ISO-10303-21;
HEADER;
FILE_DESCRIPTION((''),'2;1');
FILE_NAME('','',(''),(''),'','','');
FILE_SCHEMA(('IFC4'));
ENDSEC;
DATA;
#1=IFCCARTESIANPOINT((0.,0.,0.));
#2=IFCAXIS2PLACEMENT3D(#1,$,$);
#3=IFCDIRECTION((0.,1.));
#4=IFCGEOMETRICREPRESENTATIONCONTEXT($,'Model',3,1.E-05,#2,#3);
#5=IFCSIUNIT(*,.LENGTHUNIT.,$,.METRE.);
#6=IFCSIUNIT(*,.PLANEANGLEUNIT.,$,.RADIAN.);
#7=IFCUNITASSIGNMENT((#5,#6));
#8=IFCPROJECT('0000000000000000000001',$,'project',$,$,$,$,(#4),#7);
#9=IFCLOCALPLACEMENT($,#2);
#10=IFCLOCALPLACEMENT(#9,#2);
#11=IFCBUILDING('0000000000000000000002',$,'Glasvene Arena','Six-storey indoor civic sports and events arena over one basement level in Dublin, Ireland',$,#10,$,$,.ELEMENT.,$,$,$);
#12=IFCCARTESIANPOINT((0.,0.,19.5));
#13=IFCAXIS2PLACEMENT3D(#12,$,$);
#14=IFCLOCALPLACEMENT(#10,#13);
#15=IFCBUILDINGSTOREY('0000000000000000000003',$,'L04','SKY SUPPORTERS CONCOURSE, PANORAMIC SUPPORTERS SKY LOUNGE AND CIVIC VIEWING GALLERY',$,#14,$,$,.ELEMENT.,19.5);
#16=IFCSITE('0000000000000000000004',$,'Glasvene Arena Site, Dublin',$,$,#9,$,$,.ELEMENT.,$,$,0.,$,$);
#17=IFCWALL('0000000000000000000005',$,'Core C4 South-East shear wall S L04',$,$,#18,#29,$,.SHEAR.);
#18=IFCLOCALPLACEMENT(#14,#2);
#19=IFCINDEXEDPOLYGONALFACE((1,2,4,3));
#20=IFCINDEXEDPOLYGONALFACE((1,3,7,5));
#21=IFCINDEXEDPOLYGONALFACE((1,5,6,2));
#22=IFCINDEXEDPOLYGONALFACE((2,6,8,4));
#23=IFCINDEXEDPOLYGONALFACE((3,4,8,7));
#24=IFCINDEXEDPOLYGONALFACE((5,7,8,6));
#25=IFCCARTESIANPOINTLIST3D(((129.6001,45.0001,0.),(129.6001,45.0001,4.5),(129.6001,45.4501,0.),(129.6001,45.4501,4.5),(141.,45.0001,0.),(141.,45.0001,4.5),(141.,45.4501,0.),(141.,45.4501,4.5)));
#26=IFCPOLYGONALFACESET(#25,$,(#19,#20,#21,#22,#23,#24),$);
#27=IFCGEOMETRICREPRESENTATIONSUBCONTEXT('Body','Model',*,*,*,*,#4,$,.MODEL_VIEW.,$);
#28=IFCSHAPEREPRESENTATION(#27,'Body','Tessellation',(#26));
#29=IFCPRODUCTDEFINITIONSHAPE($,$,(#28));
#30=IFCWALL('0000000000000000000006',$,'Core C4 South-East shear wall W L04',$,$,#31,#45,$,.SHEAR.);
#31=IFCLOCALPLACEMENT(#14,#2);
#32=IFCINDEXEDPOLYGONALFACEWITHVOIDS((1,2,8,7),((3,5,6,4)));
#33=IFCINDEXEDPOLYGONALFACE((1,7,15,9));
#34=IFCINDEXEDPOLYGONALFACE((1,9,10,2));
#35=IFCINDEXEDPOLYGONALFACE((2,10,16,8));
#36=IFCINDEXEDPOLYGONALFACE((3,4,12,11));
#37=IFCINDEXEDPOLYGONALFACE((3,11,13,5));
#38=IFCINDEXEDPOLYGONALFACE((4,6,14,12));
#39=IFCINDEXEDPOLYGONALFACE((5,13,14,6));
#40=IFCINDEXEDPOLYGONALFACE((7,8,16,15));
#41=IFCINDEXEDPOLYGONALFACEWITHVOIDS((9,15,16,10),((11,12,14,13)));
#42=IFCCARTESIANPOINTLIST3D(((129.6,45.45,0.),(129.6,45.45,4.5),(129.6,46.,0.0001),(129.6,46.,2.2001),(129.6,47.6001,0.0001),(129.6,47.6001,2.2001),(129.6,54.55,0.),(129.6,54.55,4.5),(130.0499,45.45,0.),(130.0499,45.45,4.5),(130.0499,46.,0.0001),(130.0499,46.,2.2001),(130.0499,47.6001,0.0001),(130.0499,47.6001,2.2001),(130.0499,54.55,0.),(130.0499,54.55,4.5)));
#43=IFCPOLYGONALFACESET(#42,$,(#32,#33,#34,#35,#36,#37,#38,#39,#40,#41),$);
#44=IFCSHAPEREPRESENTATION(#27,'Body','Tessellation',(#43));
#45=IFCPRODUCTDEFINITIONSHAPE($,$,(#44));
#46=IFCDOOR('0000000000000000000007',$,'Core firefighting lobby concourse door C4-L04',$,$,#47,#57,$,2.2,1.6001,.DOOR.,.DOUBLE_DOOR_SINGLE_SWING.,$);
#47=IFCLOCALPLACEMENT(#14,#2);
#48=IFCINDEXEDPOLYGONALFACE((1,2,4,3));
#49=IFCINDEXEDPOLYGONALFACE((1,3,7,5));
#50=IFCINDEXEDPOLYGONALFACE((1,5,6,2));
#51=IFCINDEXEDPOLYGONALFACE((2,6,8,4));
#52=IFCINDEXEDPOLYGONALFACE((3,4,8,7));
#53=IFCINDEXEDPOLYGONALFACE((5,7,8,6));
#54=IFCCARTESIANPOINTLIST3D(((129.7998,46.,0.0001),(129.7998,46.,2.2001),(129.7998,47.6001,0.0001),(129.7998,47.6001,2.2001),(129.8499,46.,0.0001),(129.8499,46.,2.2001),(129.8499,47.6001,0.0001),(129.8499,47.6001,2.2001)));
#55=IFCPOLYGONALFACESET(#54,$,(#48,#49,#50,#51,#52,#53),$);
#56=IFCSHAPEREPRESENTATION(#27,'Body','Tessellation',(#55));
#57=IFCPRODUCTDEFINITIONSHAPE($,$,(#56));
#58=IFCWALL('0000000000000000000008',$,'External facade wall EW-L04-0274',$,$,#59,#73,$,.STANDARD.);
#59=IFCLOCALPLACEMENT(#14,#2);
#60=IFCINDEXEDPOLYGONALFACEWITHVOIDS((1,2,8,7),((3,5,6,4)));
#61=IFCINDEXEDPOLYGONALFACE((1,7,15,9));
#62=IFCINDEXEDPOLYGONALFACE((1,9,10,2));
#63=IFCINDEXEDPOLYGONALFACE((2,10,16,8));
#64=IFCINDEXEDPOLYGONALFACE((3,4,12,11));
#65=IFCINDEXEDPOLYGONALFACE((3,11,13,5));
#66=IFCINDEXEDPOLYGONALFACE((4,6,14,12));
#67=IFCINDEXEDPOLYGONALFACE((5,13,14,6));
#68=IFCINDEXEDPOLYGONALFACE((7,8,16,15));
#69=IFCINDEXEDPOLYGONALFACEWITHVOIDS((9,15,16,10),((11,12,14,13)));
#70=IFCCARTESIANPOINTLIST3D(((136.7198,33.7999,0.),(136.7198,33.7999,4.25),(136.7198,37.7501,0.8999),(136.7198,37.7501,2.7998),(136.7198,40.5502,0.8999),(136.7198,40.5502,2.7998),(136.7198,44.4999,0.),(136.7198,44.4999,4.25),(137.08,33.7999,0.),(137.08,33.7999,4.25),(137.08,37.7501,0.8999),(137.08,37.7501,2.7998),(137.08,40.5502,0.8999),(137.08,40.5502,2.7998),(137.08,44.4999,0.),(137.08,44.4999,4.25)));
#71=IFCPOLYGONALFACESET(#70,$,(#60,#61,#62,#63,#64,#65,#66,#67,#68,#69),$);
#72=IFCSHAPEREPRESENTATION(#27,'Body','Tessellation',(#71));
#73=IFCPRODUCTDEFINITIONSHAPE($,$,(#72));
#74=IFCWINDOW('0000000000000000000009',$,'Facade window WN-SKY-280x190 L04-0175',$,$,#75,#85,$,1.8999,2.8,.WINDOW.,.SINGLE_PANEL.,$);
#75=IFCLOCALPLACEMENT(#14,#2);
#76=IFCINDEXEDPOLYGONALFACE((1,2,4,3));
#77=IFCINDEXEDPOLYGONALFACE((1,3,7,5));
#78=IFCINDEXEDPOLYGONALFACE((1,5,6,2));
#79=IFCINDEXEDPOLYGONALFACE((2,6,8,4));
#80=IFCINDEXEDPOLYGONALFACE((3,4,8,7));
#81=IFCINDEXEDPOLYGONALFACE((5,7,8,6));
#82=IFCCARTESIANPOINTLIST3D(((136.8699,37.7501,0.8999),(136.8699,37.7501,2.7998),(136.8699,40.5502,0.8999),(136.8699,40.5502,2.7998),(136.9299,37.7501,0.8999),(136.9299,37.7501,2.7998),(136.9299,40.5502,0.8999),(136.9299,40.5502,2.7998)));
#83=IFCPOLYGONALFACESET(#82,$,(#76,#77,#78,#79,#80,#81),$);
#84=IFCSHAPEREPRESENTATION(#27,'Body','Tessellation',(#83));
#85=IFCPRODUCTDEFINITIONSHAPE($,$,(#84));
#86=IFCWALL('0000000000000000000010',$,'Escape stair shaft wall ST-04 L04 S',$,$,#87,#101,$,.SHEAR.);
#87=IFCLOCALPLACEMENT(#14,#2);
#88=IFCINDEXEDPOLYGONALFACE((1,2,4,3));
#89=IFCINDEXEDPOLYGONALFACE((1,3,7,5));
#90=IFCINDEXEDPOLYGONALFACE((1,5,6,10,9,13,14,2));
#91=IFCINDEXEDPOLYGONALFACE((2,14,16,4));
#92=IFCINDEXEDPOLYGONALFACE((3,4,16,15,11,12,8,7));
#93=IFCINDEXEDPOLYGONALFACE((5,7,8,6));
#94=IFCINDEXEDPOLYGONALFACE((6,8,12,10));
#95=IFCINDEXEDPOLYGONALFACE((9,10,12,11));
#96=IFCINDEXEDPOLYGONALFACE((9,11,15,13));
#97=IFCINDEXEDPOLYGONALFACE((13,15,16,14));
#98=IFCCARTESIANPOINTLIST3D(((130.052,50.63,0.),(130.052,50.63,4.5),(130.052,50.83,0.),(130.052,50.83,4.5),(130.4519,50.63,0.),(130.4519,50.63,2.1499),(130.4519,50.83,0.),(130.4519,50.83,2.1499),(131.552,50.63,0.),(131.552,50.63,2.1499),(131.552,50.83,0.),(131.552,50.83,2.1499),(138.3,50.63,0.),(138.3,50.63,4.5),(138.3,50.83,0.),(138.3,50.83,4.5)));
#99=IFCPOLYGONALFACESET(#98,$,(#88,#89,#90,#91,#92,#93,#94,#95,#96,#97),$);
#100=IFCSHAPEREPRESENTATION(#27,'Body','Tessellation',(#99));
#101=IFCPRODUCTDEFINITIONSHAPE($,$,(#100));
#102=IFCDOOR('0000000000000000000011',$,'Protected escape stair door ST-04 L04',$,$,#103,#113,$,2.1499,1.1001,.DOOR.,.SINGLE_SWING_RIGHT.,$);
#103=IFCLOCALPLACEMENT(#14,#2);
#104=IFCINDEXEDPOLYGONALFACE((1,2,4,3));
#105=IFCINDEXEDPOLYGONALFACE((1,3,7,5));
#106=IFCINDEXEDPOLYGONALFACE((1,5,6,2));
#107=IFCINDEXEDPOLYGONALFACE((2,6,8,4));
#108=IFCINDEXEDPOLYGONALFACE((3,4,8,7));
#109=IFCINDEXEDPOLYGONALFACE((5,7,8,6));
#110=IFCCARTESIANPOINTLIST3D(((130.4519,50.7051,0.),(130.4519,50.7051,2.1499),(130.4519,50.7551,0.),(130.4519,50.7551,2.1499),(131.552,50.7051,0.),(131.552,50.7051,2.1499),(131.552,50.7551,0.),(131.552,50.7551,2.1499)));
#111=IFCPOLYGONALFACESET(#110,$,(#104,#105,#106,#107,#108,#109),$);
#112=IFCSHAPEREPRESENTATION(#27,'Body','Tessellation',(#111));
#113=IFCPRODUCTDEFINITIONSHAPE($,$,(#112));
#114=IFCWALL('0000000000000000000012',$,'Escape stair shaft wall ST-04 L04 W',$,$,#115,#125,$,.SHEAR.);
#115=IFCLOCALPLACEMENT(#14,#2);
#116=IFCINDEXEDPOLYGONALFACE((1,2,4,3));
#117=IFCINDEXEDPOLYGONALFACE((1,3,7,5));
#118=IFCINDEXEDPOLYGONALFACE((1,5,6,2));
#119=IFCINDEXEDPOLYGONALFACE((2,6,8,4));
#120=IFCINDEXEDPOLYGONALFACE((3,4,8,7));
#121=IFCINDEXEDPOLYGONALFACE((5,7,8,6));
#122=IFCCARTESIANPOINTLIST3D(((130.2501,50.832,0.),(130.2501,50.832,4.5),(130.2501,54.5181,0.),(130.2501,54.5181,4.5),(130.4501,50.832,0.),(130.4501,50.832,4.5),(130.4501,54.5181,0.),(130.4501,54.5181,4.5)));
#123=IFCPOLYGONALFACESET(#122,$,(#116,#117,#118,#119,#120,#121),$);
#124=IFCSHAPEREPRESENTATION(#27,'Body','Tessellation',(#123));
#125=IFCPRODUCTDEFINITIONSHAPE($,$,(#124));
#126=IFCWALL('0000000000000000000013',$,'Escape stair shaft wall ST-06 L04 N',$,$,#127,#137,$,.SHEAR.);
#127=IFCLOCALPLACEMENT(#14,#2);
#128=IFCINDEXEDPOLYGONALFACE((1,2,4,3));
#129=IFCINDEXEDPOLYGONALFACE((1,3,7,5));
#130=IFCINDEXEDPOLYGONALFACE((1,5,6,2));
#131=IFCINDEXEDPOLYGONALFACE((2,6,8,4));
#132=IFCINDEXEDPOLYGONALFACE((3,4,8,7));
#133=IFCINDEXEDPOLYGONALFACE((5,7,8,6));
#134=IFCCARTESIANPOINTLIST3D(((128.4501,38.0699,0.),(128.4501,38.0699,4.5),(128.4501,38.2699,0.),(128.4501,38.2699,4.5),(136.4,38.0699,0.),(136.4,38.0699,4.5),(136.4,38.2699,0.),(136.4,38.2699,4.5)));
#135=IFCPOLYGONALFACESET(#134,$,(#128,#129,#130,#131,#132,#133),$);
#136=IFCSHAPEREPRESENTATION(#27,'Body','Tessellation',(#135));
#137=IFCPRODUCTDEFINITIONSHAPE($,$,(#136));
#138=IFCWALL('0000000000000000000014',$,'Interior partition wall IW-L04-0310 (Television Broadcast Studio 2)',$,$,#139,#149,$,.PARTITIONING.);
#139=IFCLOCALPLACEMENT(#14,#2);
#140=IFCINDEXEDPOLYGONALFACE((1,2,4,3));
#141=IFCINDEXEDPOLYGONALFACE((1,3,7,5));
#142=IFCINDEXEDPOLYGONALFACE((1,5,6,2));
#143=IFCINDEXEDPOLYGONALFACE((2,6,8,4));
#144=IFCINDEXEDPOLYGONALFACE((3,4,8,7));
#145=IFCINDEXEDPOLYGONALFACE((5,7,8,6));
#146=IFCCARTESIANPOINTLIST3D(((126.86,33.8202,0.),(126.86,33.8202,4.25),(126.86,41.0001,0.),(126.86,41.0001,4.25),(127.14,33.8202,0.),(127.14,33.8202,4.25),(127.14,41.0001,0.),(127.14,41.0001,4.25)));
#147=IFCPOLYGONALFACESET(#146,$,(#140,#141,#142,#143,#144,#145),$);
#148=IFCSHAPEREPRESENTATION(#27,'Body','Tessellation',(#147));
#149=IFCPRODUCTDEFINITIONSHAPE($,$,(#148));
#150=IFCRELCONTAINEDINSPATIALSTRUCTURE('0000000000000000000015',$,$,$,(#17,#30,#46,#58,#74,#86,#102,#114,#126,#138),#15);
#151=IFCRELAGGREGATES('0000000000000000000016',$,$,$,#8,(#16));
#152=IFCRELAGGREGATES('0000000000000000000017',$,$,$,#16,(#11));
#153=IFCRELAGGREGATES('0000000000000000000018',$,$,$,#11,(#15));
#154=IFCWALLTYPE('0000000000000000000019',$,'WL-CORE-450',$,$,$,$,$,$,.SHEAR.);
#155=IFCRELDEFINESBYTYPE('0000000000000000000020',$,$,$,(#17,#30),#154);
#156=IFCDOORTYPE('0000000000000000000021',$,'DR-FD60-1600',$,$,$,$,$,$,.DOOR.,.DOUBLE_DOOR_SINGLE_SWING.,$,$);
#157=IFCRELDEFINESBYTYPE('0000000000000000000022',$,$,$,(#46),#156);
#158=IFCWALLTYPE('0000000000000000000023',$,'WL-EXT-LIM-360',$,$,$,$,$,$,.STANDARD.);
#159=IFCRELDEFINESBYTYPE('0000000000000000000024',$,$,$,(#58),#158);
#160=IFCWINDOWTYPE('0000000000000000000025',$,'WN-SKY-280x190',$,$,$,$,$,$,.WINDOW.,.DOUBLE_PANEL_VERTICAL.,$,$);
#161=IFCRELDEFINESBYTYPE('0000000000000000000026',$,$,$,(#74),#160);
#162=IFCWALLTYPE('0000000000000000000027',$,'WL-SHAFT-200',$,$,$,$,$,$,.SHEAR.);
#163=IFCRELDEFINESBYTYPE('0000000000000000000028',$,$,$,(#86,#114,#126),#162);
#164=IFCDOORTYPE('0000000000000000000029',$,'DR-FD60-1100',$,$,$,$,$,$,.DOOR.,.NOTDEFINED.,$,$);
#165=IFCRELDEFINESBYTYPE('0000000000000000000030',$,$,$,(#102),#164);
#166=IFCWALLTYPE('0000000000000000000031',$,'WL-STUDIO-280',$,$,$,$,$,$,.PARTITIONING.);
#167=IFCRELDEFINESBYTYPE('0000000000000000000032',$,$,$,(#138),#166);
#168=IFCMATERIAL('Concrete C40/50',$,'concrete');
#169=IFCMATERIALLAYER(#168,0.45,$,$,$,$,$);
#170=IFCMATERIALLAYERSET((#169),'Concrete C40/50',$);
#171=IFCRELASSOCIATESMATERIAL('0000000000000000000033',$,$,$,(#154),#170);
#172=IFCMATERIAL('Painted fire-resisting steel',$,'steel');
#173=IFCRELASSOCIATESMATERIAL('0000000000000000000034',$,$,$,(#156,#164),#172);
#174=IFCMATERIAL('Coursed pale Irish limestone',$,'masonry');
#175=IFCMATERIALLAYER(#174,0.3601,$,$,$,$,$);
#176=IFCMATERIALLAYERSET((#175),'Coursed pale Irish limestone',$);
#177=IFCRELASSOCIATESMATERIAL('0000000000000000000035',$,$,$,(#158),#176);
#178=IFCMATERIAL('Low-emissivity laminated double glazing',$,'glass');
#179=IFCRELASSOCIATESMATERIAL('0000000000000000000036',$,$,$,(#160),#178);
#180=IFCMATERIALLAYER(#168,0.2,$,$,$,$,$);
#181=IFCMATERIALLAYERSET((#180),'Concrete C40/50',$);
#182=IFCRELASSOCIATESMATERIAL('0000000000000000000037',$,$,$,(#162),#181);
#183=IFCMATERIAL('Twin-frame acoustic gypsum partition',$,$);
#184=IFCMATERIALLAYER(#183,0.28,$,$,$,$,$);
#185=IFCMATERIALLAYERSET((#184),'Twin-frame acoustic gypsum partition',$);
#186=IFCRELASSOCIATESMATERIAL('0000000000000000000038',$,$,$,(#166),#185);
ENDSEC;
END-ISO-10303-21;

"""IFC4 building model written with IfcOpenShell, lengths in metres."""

from ifc_helpers import new_model, si_unit, direction, frame, frame_2d, origin, place, context, subcontext, project, spatial, rectangle, extrude, material, layer, layer_set, type_object, element, fill, save


model = new_model("IFC4")

# Units and contexts
model_context = context("Model", 3, precision=1e-05, world=origin(), true_north=direction((0.0, 1.0)))
body_context = subcontext(model_context, "Body", "Model", "MODEL_VIEW")
ifc_project = project(units=[si_unit("LENGTHUNIT", "METRE"), si_unit("PLANEANGLEUNIT", "RADIAN")], contexts=[model_context])

# Site, building, storey
site_placement = place(None, origin())
site = spatial("IfcSite", under=ifc_project, at=site_placement, Name="Glasvene Arena Site, Dublin", CompositionType="ELEMENT", RefElevation=0.0)
building_placement = place(site_placement, origin())
building = spatial("IfcBuilding", under=site, at=building_placement, Name="Glasvene Arena", Description="Six-storey indoor civic sports and events arena over one basement level in Dublin, Ireland", CompositionType="ELEMENT")
storey_placement = place(building_placement, frame((0.0, 0.0, 19.5)))
storey = spatial("IfcBuildingStorey", under=building, at=storey_placement, Name="L04", Description="SKY SUPPORTERS CONCOURSE, PANORAMIC SUPPORTERS SKY LOUNGE AND CIVIC VIEWING GALLERY", CompositionType="ELEMENT", Elevation=19.5)

# Shared definitions
ifc_material_1 = material(Name="Low-emissivity laminated double glazing", Category="glass")

# Shared definitions
ifc_material_2 = material(Name="Concrete C40/50", Category="concrete")

# Wall
ifc_layer_1 = layer(ifc_material_2, 0.45)
ifc_layer_set_1 = layer_set([ifc_layer_1], Name="Concrete C40/50")
wall_type_1 = type_object("IfcWallType", Name="WL-CORE-450", PredefinedType="SHEAR", material=ifc_layer_set_1)
wall_1_placement = place(storey_placement, frame((129.6001, 45.2251, 0.0), z_axis=(0.0, 0.0, 1.0), x_axis=(1.0, 0.0, 0.0)))
element("IfcWall", 1, at=wall_1_placement, inside=storey, type_object=wall_type_1, Name="Core C4 South-East shear wall S L04", PredefinedType="SHEAR", context=body_context, shape_type="SweptSolid", body=[
    extrude(rectangle(XDim=11.3999, YDim=0.45, at=frame_2d((5.7, 0.0))), origin(), (0.0, 0.0, 1.0), 4.5),
])

# Wall, opening, door
wall_2_placement = place(storey_placement, frame((129.825, 45.45, 0.0), z_axis=(0.0, 0.0, 1.0), x_axis=(0.0, 1.0, 0.0)))
wall_2 = element("IfcWall", 2, at=wall_2_placement, inside=storey, type_object=wall_type_1, Name="Core C4 South-East shear wall W L04", PredefinedType="SHEAR", context=body_context, shape_type="SweptSolid", body=[
    extrude(rectangle(XDim=9.1001, YDim=0.45, at=frame_2d((4.55, 0.0))), origin(), (0.0, 0.0, 1.0), 4.5),
])
opening_1_placement = place(wall_2_placement, frame((0.55, 0.0, 0.0)))
opening_1 = element("IfcOpeningElement", 3, at=opening_1_placement, cuts=wall_2, PredefinedType="OPENING", context=body_context, shape_type="SweptSolid", body=[
    extrude(rectangle(XDim=1.6001, YDim=2.2, at=frame_2d((0.8, 1.1001))), frame((0.0, 0.2349, 0.0), z_axis=(0.0, -1.0, 0.0), x_axis=(1.0, 0.0, 0.0)), (0.0, 0.0, 1.0), 0.47),
])
ifc_material_3 = material(Name="Painted fire-resisting steel", Category="steel")
door_type_1 = type_object("IfcDoorType", Name="DR-FD60-1600", OperationType="DOUBLE_DOOR_SINGLE_SWING", PredefinedType="DOOR", material=ifc_material_3)
door_1_placement = place(opening_1_placement, frame((1.6001, 0.0, 0.0), z_axis=(0.0, 0.0, 1.0), x_axis=(-1.0, 0.0, 0.0)))
door_1 = element("IfcDoor", 4, at=door_1_placement, inside=storey, type_object=door_type_1, Name="Core firefighting lobby concourse door C4-L04", OperationType="DOUBLE_DOOR_SINGLE_SWING", OverallHeight=2.2, OverallWidth=1.6001, PredefinedType="DOOR", context=body_context, shape_type="SweptSolid", body=[
    extrude(rectangle(XDim=1.6001, YDim=2.2, at=frame_2d((0.8, 1.1001))), frame((0.0, 0.0249, 0.0), z_axis=(0.0, -1.0, 0.0), x_axis=(1.0, 0.0, 0.0)), (0.0, 0.0, 1.0), 0.05),
])
fill(opening_1, door_1)

# Wall, opening, window
ifc_material_4 = material(Name="Coursed pale Irish limestone", Category="masonry")
ifc_layer_2 = layer(ifc_material_4, 0.3601)
ifc_layer_set_2 = layer_set([ifc_layer_2], Name="Coursed pale Irish limestone")
wall_type_2 = type_object("IfcWallType", Name="WL-EXT-LIM-360", PredefinedType="STANDARD", material=ifc_layer_set_2)
wall_3_placement = place(storey_placement, frame((136.8999, 44.5, 0.0), z_axis=(0.0, 0.0, 1.0), x_axis=(0.0, -1.0, 0.0)))
wall_3 = element("IfcWall", 5, at=wall_3_placement, inside=storey, type_object=wall_type_2, Name="External facade wall EW-L04-0274", PredefinedType="STANDARD", context=body_context, shape_type="SweptSolid", body=[
    extrude(rectangle(XDim=10.7, YDim=0.3601, at=frame_2d((5.3501, 0.0))), origin(), (0.0, 0.0, 1.0), 4.25),
])
opening_2_placement = place(wall_3_placement, frame((3.95, 0.0, 0.8999)))
opening_2 = element("IfcOpeningElement", 6, at=opening_2_placement, cuts=wall_3, PredefinedType="OPENING", context=body_context, shape_type="SweptSolid", body=[
    extrude(rectangle(XDim=2.8, YDim=1.8999, at=frame_2d((1.3999, 0.95))), frame((0.0, 0.1899, 0.0), z_axis=(0.0, -1.0, 0.0), x_axis=(1.0, 0.0, 0.0)), (0.0, 0.0, 1.0), 0.3801),
])
window_type = type_object("IfcWindowType", Name="WN-SKY-280x190", PartitioningType="DOUBLE_PANEL_VERTICAL", PredefinedType="WINDOW", material=ifc_material_1)
window_placement = place(opening_2_placement, origin())
window = element("IfcWindow", 7, at=window_placement, inside=storey, type_object=window_type, Name="Facade window WN-SKY-280x190 L04-0175", OverallHeight=1.8999, OverallWidth=2.8, PartitioningType="SINGLE_PANEL", PredefinedType="WINDOW", context=body_context, shape_type="SweptSolid", body=[
    extrude(rectangle(XDim=2.8, YDim=1.8999, at=frame_2d((1.3999, 0.95))), frame((0.0, 0.03, 0.0), z_axis=(0.0, -1.0, 0.0), x_axis=(1.0, 0.0, 0.0)), (0.0, 0.0, 1.0), 0.0601),
])
fill(opening_2, window)

# Wall, opening, door
ifc_layer_3 = layer(ifc_material_2, 0.2)
ifc_layer_set_3 = layer_set([ifc_layer_3], Name="Concrete C40/50")
wall_type_3 = type_object("IfcWallType", Name="WL-SHAFT-200", PredefinedType="SHEAR", material=ifc_layer_set_3)
wall_4_placement = place(storey_placement, frame((130.052, 50.73, 0.0), z_axis=(0.0, 0.0, 1.0), x_axis=(1.0, 0.0, 0.0)))
wall_4 = element("IfcWall", 8, at=wall_4_placement, inside=storey, type_object=wall_type_3, Name="Escape stair shaft wall ST-04 L04 S", PredefinedType="SHEAR", context=body_context, shape_type="SweptSolid", body=[
    extrude(rectangle(XDim=8.248, YDim=0.2, at=frame_2d((4.124, 0.0))), origin(), (0.0, 0.0, 1.0), 4.5),
])
opening_3_placement = place(wall_4_placement, frame((0.3999, 0.0, 0.0)))
opening_3 = element("IfcOpeningElement", 9, at=opening_3_placement, cuts=wall_4, PredefinedType="OPENING", context=body_context, shape_type="SweptSolid", body=[
    extrude(rectangle(XDim=1.1001, YDim=2.1499, at=frame_2d((0.55, 1.075))), frame((0.0, 0.1099, 0.0), z_axis=(0.0, -1.0, 0.0), x_axis=(1.0, 0.0, 0.0)), (0.0, 0.0, 1.0), 0.22),
])
door_type_2 = type_object("IfcDoorType", Name="DR-FD60-1100", OperationType="NOTDEFINED", PredefinedType="DOOR", material=ifc_material_3)
door_2_placement = place(opening_3_placement, frame((1.1001, 0.0, 0.0), z_axis=(0.0, 0.0, 1.0), x_axis=(-1.0, 0.0, 0.0)))
door_2 = element("IfcDoor", 10, at=door_2_placement, inside=storey, type_object=door_type_2, Name="Protected escape stair door ST-04 L04", OperationType="SINGLE_SWING_RIGHT", OverallHeight=2.1499, OverallWidth=1.1001, PredefinedType="DOOR", context=body_context, shape_type="SweptSolid", body=[
    extrude(rectangle(XDim=1.1001, YDim=2.1499, at=frame_2d((0.55, 1.075))), frame((0.0, 0.0249, 0.0), z_axis=(0.0, -1.0, 0.0), x_axis=(1.0, 0.0, 0.0)), (0.0, 0.0, 1.0), 0.05),
])
fill(opening_3, door_2)

# Walls
wall_5_placement = place(storey_placement, frame((130.3501, 50.832, 0.0), z_axis=(0.0, 0.0, 1.0), x_axis=(0.0, 1.0, 0.0)))
element("IfcWall", 11, at=wall_5_placement, inside=storey, type_object=wall_type_3, Name="Escape stair shaft wall ST-04 L04 W", PredefinedType="SHEAR", context=body_context, shape_type="SweptSolid", body=[
    extrude(rectangle(XDim=3.686, YDim=0.2, at=frame_2d((1.843, 0.0))), origin(), (0.0, 0.0, 1.0), 4.5),
])
wall_6_placement = place(storey_placement, frame((128.45, 38.1699, 0.0), z_axis=(0.0, 0.0, 1.0), x_axis=(1.0, 0.0, 0.0)))
element("IfcWall", 12, at=wall_6_placement, inside=storey, type_object=wall_type_3, Name="Escape stair shaft wall ST-06 L04 N", PredefinedType="SHEAR", context=body_context, shape_type="SweptSolid", body=[
    extrude(rectangle(XDim=7.95, YDim=0.2, at=frame_2d((3.9751, 0.0))), origin(), (0.0, 0.0, 1.0), 4.5),
])
ifc_material_5 = material(Name="Twin-frame acoustic gypsum partition")
ifc_layer_4 = layer(ifc_material_5, 0.28)
ifc_layer_set_4 = layer_set([ifc_layer_4], Name="Twin-frame acoustic gypsum partition")
wall_type_4 = type_object("IfcWallType", Name="WL-STUDIO-280", PredefinedType="PARTITIONING", material=ifc_layer_set_4)
wall_7_placement = place(storey_placement, frame((127.0, 41.0, 0.0), z_axis=(0.0, 0.0, 1.0), x_axis=(0.0, -1.0, 0.0)))
element("IfcWall", 13, at=wall_7_placement, inside=storey, type_object=wall_type_4, Name="Interior partition wall IW-L04-0310 (Television Broadcast Studio 2)", PredefinedType="PARTITIONING", context=body_context, shape_type="SweptSolid", body=[
    extrude(rectangle(XDim=7.1799, YDim=0.28, at=frame_2d((3.5898, 0.0))), origin(), (0.0, 0.0, 1.0), 4.25),
])

save(model, "model.ifc")
